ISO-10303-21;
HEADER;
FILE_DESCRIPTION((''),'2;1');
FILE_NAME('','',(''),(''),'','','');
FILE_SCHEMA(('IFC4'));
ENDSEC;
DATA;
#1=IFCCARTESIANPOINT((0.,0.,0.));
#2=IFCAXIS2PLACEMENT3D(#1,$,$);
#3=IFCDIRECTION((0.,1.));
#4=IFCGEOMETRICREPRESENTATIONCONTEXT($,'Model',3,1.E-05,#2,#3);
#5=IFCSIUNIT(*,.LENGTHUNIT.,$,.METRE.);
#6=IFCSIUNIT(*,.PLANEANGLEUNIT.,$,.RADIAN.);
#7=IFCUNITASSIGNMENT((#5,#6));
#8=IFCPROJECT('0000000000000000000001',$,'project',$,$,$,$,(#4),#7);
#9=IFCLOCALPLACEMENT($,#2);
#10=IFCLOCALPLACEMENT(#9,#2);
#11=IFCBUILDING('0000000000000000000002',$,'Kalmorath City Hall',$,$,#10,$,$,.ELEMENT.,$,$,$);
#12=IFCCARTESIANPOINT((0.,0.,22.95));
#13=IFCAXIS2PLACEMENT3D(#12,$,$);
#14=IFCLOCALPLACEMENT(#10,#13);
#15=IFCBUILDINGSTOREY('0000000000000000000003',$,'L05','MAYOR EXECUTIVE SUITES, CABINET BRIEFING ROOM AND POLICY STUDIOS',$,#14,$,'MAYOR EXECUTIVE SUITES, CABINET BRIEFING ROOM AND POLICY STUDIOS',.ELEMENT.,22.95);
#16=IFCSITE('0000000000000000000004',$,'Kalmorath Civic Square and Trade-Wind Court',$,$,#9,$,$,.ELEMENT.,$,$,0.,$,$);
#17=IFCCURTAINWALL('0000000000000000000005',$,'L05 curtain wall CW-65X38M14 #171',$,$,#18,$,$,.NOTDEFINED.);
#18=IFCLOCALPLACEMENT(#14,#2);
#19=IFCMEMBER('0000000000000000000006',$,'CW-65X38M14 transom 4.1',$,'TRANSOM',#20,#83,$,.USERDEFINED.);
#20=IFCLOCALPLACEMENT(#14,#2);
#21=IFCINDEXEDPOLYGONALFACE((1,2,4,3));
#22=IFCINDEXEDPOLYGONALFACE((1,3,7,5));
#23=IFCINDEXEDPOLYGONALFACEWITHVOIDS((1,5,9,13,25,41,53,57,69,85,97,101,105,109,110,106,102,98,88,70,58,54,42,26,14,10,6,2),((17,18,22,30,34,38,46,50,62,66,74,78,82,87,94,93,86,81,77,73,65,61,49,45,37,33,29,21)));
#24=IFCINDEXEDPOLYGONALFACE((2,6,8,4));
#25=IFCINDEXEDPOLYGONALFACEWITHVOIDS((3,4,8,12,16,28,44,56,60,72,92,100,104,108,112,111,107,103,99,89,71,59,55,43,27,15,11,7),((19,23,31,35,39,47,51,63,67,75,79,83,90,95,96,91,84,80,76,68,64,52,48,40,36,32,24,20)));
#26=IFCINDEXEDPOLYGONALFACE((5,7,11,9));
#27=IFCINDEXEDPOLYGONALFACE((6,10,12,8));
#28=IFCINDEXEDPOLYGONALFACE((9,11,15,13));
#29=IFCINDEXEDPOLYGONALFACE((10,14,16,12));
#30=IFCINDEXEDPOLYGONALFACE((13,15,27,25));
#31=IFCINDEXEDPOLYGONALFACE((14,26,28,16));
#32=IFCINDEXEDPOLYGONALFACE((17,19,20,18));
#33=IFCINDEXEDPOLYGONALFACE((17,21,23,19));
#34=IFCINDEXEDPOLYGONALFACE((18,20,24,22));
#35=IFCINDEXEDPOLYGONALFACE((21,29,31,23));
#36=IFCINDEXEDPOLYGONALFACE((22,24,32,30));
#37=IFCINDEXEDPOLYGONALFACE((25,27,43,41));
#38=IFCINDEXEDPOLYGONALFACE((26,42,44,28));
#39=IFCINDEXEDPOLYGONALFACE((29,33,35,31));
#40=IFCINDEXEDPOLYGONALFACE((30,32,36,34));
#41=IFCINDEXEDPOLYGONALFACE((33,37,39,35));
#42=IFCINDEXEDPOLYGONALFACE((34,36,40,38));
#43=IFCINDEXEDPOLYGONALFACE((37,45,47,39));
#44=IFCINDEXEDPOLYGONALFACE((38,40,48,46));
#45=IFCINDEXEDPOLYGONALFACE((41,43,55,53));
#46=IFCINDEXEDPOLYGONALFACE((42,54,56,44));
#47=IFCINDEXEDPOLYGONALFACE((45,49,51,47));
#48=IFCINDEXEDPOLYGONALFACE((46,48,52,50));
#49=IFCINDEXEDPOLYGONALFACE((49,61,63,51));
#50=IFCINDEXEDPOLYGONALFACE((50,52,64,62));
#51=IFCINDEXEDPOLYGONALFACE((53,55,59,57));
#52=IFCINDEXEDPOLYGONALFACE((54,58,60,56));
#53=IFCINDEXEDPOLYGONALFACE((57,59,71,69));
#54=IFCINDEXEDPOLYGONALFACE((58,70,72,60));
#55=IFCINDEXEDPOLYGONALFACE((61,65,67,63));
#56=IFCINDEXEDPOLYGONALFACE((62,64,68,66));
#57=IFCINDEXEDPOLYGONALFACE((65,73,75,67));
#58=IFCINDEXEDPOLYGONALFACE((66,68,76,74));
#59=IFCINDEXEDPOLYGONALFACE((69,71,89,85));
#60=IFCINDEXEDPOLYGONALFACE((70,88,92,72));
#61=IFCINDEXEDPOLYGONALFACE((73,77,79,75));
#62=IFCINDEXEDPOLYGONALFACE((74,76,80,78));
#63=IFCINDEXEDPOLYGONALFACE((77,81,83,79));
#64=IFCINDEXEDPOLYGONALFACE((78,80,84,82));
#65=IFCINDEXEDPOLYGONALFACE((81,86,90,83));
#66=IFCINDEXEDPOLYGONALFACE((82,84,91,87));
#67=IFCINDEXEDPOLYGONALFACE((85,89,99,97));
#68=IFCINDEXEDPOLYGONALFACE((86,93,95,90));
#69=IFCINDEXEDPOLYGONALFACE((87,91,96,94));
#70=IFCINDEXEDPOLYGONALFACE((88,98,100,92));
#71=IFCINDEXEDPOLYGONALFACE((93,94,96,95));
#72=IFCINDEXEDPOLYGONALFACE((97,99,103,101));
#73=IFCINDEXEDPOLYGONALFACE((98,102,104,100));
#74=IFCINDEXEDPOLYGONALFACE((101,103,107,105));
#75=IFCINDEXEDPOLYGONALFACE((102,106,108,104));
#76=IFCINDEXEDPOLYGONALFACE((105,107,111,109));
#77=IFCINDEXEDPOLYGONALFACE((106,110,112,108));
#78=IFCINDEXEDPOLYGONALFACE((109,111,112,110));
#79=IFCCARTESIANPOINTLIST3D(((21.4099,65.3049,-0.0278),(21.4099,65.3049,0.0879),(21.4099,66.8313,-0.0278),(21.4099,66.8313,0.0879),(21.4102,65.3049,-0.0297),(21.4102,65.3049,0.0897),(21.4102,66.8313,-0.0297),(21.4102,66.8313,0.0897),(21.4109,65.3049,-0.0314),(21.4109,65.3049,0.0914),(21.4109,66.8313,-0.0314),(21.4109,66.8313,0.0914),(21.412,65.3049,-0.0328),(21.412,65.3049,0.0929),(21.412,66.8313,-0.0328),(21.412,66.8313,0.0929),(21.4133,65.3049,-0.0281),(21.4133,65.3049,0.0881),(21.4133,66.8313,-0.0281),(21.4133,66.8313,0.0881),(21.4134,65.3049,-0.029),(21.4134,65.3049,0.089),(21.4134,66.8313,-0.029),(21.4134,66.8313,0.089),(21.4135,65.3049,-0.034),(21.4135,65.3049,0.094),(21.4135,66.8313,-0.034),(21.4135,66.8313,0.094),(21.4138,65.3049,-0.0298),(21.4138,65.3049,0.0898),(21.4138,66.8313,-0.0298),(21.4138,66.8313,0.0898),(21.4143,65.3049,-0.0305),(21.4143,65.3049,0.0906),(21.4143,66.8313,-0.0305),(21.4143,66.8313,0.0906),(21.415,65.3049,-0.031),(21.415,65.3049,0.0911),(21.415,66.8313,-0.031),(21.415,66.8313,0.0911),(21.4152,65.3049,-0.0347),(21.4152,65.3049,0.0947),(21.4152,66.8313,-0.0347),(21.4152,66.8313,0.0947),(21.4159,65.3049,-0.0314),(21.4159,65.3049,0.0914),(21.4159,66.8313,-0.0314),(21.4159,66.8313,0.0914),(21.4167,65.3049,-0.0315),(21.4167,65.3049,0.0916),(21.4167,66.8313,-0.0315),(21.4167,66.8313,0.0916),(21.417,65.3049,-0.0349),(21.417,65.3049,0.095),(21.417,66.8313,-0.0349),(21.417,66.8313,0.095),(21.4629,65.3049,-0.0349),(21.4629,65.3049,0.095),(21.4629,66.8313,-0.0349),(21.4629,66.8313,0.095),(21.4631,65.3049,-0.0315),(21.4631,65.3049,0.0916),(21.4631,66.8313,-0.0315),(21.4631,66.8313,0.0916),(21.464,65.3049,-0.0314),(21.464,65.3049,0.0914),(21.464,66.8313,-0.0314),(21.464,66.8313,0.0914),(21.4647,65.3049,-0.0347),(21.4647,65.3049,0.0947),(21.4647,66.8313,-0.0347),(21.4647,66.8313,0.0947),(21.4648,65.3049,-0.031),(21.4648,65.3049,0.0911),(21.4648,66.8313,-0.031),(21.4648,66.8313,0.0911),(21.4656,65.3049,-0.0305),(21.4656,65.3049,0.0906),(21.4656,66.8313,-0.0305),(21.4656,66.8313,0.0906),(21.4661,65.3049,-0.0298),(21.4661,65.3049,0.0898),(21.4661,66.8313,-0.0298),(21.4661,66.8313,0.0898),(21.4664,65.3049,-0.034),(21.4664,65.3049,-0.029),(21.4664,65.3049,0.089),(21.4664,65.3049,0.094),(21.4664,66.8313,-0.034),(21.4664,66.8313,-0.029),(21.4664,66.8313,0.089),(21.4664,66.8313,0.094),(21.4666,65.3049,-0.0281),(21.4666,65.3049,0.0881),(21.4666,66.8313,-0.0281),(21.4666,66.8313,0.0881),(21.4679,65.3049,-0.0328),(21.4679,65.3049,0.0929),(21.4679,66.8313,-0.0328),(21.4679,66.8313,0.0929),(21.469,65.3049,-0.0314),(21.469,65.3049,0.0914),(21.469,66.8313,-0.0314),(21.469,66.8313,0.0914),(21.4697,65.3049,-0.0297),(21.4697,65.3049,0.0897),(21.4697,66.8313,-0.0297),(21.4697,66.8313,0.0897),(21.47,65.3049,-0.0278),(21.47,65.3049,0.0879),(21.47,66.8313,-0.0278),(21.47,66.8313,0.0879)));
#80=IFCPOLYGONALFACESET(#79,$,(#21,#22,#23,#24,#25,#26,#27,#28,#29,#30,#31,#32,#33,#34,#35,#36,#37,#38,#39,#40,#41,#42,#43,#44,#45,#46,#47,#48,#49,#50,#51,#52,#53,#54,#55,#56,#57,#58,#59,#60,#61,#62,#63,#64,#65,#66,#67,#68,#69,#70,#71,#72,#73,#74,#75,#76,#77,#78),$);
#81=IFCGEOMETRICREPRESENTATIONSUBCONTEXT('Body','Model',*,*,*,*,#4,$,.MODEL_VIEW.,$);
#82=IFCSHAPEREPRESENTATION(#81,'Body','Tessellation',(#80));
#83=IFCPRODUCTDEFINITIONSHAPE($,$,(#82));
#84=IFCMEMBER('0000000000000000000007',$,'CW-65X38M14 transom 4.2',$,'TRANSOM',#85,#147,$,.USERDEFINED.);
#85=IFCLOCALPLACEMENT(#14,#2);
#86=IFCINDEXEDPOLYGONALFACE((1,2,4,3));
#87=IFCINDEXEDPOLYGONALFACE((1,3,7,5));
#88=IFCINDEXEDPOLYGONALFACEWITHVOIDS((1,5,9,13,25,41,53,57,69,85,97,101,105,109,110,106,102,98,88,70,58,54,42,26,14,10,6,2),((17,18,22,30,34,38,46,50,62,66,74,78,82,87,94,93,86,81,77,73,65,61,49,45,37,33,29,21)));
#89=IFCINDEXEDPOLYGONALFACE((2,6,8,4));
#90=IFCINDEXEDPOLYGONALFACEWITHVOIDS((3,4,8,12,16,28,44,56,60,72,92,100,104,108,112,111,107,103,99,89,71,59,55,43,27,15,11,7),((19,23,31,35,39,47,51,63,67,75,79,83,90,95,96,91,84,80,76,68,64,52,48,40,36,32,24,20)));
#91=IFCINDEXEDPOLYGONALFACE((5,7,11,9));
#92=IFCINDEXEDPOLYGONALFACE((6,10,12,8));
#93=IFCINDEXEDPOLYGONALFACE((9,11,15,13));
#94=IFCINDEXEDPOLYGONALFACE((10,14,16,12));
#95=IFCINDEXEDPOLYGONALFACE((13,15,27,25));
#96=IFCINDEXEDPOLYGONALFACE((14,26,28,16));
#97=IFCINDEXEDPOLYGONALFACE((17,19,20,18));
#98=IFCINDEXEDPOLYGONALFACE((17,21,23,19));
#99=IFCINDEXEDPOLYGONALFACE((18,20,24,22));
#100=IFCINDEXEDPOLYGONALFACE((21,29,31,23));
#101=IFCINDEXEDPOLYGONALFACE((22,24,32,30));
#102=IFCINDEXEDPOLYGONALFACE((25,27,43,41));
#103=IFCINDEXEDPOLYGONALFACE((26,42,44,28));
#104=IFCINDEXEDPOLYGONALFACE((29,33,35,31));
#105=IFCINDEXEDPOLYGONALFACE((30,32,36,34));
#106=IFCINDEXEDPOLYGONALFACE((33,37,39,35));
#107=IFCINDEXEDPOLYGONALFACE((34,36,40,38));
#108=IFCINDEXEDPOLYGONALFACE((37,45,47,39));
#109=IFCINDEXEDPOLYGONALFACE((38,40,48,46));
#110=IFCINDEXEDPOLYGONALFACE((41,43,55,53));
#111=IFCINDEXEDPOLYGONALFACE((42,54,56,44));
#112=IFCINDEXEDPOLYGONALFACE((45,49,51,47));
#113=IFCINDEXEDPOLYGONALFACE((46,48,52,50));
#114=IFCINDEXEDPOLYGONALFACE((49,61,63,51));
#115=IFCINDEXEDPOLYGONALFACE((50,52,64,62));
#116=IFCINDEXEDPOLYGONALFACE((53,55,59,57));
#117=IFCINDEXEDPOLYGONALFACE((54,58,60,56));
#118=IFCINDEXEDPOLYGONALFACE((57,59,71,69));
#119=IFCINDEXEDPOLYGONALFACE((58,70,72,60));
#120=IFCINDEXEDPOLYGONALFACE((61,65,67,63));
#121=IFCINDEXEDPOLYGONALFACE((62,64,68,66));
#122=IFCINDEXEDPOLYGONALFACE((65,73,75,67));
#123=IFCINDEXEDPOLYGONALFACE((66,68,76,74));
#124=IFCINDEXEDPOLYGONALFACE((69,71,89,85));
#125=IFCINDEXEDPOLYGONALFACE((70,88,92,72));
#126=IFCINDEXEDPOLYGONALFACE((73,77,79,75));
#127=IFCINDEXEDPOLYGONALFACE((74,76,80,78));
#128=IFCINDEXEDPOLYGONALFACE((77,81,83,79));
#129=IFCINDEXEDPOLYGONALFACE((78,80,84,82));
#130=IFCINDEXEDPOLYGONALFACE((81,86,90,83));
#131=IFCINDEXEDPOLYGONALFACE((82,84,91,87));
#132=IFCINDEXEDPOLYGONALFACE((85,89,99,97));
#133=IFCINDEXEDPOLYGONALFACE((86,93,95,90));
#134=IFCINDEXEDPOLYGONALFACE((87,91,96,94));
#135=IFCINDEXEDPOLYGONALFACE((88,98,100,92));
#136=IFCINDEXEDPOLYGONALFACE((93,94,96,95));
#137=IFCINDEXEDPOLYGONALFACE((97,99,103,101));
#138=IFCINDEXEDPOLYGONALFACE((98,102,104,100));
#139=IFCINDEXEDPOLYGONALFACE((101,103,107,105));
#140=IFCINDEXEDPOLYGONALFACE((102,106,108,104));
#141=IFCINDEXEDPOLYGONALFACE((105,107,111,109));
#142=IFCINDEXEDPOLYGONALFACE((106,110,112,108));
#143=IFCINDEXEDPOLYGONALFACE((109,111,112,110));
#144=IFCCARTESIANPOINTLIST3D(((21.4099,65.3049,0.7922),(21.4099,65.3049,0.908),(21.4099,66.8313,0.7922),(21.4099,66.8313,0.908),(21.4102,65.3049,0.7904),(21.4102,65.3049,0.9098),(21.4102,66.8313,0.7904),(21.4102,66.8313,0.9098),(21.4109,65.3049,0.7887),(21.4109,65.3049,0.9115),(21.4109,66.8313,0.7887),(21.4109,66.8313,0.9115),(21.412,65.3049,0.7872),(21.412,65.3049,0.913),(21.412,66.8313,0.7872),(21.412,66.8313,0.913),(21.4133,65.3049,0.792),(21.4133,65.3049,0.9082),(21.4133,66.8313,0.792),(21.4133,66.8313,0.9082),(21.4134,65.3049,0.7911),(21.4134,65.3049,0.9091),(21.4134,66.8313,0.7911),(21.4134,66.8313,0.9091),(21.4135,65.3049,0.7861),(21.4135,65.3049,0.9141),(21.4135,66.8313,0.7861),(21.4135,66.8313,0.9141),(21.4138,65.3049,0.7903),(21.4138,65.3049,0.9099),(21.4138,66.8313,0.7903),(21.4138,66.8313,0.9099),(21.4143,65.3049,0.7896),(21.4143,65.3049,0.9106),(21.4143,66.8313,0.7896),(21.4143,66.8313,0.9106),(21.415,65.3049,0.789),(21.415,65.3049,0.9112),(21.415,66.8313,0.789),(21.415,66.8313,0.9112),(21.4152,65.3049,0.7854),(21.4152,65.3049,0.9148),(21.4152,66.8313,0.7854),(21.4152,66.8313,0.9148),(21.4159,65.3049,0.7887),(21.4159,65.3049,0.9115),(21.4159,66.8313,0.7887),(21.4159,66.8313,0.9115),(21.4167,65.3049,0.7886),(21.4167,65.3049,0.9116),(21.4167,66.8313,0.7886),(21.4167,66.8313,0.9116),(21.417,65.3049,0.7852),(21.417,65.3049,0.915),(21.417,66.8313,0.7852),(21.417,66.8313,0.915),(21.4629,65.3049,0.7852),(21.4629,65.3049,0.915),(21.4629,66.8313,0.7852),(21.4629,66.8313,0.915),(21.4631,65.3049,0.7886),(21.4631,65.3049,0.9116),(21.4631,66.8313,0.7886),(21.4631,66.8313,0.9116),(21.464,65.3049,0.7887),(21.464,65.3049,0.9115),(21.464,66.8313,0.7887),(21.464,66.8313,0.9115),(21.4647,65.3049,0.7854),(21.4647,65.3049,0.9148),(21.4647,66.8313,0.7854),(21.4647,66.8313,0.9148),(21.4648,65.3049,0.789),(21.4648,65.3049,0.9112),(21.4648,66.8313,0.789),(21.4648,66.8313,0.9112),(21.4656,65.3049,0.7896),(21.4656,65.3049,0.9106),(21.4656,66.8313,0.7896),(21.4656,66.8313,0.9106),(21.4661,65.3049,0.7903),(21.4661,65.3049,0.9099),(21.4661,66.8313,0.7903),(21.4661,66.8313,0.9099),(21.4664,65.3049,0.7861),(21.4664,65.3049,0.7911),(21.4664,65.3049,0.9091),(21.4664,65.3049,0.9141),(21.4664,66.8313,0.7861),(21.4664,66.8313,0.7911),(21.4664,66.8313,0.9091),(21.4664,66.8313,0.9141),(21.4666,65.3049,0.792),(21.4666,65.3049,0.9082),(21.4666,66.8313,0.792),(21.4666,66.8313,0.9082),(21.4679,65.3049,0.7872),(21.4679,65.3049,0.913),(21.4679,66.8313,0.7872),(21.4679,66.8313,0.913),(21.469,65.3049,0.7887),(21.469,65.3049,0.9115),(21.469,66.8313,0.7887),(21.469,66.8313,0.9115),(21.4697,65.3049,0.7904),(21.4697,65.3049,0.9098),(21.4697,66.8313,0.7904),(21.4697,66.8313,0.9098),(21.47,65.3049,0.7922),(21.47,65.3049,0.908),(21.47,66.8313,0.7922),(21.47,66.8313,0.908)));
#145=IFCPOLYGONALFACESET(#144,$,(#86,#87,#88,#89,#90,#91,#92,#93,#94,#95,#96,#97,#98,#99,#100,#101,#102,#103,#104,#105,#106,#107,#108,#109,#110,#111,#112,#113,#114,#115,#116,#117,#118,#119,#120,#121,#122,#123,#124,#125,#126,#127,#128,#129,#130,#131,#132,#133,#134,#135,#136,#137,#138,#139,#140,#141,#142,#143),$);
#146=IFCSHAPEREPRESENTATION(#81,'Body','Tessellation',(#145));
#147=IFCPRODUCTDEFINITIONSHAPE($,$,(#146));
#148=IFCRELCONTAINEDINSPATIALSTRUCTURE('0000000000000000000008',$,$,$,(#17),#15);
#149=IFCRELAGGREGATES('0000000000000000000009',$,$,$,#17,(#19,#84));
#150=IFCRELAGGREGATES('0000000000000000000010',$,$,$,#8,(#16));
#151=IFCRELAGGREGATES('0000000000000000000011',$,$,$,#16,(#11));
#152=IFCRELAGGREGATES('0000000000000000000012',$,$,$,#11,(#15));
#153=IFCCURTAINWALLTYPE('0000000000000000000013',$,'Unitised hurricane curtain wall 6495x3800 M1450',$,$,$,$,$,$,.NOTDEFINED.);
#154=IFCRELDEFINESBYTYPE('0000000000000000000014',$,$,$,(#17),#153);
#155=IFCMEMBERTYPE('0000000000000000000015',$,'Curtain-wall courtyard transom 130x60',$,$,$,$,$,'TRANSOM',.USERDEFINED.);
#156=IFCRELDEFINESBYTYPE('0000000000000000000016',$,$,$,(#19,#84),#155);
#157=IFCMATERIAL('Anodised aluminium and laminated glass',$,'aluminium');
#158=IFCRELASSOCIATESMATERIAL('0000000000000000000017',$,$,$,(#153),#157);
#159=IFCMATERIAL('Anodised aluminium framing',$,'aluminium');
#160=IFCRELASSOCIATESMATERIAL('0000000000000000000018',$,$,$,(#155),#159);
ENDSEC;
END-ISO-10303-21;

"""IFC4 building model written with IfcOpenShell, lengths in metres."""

from ifc_helpers import new_model, si_unit, direction, frame, origin, origin_2d, place, context, subcontext, project, spatial, hollow_rectangle, extrude, material, material_profile, profile_set, type_object, element, aggregate, save


model = new_model("IFC4")

# Units and contexts
model_context = context("Model", 3, precision=1e-05, world=origin(), true_north=direction((0.0, 1.0)))
body_context = subcontext(model_context, "Body", "Model", "MODEL_VIEW")
ifc_project = project(units=[si_unit("LENGTHUNIT", "METRE"), si_unit("PLANEANGLEUNIT", "RADIAN")], contexts=[model_context])

# Site, building, storey
site_placement = place(None, origin())
site = spatial("IfcSite", under=ifc_project, at=site_placement, Name="Kalmorath Civic Square and Trade-Wind Court", CompositionType="ELEMENT", RefElevation=0.0)
building_placement = place(site_placement, origin())
building = spatial("IfcBuilding", under=site, at=building_placement, Name="Kalmorath City Hall", CompositionType="ELEMENT")
storey_placement = place(building_placement, frame((0.0, 0.0, 22.95)))
storey = spatial("IfcBuildingStorey", under=building, at=storey_placement, Name="L05", Description="MAYOR EXECUTIVE SUITES, CABINET BRIEFING ROOM AND POLICY STUDIOS", LongName="MAYOR EXECUTIVE SUITES, CABINET BRIEFING ROOM AND POLICY STUDIOS", CompositionType="ELEMENT", Elevation=22.95)

# Curtain wall, members
ifc_material_1 = material(Name="Anodised aluminium and laminated glass", Category="aluminium")
curtain_wall_type = type_object("IfcCurtainWallType", Name="Unitised hurricane curtain wall 6495x3800 M1450", PredefinedType="NOTDEFINED", material=ifc_material_1)
curtain_wall_placement = place(storey_placement, origin())
curtain_wall = element("IfcCurtainWall", 1, at=curtain_wall_placement, inside=storey, type_object=curtain_wall_type, Name="L05 curtain wall CW-65X38M14 #171", PredefinedType="NOTDEFINED")
ifc_material_2 = material(Name="Anodised aluminium framing", Category="aluminium")
ifc_material_profile_1 = material_profile(ifc_material_2, hollow_rectangle(XDim=0.0601, YDim=0.1299, WallThickness=0.0034, InnerFilletRadius=0.0034, OuterFilletRadius=0.0071, at=origin_2d()), Name="ALU-TRN-130X60X3.5")
ifc_profile_set_1 = profile_set([ifc_material_profile_1], Name="Anodised aluminium framing")
member_type_1 = type_object("IfcMemberType", Name="Curtain-wall courtyard transom 130x60", ElementType="TRANSOM", PredefinedType="USERDEFINED", material=ifc_profile_set_1)
member_1_placement = place(storey_placement, frame((21.4399, 66.8313, 0.03), z_axis=(0.0, -1.0, 0.0), x_axis=(1.0, 0.0, 0.0)))
member_1 = element("IfcMember", 2, at=member_1_placement, type_object=member_type_1, Name="CW-65X38M14 transom 4.1", ObjectType="TRANSOM", PredefinedType="USERDEFINED", context=body_context, shape_type="SweptSolid", body=[
    extrude(hollow_rectangle(XDim=0.0601, YDim=0.1299, WallThickness=0.0034, InnerFilletRadius=0.0034, OuterFilletRadius=0.0071, at=origin_2d()), origin(), (0.0, 0.0, 1.0), 1.5264),
])
member_2_placement = place(storey_placement, frame((21.4399, 66.8313, 0.8501), z_axis=(0.0, -1.0, 0.0), x_axis=(1.0, 0.0, 0.0)))
member_2 = element("IfcMember", 3, at=member_2_placement, type_object=member_type_1, Name="CW-65X38M14 transom 4.2", ObjectType="TRANSOM", PredefinedType="USERDEFINED", context=body_context, shape_type="SweptSolid", body=[
    extrude(hollow_rectangle(XDim=0.0601, YDim=0.1299, WallThickness=0.0034, InnerFilletRadius=0.0034, OuterFilletRadius=0.0071, at=origin_2d()), origin(), (0.0, 0.0, 1.0), 1.5264),
])

aggregate(curtain_wall, [member_1, member_2])

save(model, "model.ifc")
